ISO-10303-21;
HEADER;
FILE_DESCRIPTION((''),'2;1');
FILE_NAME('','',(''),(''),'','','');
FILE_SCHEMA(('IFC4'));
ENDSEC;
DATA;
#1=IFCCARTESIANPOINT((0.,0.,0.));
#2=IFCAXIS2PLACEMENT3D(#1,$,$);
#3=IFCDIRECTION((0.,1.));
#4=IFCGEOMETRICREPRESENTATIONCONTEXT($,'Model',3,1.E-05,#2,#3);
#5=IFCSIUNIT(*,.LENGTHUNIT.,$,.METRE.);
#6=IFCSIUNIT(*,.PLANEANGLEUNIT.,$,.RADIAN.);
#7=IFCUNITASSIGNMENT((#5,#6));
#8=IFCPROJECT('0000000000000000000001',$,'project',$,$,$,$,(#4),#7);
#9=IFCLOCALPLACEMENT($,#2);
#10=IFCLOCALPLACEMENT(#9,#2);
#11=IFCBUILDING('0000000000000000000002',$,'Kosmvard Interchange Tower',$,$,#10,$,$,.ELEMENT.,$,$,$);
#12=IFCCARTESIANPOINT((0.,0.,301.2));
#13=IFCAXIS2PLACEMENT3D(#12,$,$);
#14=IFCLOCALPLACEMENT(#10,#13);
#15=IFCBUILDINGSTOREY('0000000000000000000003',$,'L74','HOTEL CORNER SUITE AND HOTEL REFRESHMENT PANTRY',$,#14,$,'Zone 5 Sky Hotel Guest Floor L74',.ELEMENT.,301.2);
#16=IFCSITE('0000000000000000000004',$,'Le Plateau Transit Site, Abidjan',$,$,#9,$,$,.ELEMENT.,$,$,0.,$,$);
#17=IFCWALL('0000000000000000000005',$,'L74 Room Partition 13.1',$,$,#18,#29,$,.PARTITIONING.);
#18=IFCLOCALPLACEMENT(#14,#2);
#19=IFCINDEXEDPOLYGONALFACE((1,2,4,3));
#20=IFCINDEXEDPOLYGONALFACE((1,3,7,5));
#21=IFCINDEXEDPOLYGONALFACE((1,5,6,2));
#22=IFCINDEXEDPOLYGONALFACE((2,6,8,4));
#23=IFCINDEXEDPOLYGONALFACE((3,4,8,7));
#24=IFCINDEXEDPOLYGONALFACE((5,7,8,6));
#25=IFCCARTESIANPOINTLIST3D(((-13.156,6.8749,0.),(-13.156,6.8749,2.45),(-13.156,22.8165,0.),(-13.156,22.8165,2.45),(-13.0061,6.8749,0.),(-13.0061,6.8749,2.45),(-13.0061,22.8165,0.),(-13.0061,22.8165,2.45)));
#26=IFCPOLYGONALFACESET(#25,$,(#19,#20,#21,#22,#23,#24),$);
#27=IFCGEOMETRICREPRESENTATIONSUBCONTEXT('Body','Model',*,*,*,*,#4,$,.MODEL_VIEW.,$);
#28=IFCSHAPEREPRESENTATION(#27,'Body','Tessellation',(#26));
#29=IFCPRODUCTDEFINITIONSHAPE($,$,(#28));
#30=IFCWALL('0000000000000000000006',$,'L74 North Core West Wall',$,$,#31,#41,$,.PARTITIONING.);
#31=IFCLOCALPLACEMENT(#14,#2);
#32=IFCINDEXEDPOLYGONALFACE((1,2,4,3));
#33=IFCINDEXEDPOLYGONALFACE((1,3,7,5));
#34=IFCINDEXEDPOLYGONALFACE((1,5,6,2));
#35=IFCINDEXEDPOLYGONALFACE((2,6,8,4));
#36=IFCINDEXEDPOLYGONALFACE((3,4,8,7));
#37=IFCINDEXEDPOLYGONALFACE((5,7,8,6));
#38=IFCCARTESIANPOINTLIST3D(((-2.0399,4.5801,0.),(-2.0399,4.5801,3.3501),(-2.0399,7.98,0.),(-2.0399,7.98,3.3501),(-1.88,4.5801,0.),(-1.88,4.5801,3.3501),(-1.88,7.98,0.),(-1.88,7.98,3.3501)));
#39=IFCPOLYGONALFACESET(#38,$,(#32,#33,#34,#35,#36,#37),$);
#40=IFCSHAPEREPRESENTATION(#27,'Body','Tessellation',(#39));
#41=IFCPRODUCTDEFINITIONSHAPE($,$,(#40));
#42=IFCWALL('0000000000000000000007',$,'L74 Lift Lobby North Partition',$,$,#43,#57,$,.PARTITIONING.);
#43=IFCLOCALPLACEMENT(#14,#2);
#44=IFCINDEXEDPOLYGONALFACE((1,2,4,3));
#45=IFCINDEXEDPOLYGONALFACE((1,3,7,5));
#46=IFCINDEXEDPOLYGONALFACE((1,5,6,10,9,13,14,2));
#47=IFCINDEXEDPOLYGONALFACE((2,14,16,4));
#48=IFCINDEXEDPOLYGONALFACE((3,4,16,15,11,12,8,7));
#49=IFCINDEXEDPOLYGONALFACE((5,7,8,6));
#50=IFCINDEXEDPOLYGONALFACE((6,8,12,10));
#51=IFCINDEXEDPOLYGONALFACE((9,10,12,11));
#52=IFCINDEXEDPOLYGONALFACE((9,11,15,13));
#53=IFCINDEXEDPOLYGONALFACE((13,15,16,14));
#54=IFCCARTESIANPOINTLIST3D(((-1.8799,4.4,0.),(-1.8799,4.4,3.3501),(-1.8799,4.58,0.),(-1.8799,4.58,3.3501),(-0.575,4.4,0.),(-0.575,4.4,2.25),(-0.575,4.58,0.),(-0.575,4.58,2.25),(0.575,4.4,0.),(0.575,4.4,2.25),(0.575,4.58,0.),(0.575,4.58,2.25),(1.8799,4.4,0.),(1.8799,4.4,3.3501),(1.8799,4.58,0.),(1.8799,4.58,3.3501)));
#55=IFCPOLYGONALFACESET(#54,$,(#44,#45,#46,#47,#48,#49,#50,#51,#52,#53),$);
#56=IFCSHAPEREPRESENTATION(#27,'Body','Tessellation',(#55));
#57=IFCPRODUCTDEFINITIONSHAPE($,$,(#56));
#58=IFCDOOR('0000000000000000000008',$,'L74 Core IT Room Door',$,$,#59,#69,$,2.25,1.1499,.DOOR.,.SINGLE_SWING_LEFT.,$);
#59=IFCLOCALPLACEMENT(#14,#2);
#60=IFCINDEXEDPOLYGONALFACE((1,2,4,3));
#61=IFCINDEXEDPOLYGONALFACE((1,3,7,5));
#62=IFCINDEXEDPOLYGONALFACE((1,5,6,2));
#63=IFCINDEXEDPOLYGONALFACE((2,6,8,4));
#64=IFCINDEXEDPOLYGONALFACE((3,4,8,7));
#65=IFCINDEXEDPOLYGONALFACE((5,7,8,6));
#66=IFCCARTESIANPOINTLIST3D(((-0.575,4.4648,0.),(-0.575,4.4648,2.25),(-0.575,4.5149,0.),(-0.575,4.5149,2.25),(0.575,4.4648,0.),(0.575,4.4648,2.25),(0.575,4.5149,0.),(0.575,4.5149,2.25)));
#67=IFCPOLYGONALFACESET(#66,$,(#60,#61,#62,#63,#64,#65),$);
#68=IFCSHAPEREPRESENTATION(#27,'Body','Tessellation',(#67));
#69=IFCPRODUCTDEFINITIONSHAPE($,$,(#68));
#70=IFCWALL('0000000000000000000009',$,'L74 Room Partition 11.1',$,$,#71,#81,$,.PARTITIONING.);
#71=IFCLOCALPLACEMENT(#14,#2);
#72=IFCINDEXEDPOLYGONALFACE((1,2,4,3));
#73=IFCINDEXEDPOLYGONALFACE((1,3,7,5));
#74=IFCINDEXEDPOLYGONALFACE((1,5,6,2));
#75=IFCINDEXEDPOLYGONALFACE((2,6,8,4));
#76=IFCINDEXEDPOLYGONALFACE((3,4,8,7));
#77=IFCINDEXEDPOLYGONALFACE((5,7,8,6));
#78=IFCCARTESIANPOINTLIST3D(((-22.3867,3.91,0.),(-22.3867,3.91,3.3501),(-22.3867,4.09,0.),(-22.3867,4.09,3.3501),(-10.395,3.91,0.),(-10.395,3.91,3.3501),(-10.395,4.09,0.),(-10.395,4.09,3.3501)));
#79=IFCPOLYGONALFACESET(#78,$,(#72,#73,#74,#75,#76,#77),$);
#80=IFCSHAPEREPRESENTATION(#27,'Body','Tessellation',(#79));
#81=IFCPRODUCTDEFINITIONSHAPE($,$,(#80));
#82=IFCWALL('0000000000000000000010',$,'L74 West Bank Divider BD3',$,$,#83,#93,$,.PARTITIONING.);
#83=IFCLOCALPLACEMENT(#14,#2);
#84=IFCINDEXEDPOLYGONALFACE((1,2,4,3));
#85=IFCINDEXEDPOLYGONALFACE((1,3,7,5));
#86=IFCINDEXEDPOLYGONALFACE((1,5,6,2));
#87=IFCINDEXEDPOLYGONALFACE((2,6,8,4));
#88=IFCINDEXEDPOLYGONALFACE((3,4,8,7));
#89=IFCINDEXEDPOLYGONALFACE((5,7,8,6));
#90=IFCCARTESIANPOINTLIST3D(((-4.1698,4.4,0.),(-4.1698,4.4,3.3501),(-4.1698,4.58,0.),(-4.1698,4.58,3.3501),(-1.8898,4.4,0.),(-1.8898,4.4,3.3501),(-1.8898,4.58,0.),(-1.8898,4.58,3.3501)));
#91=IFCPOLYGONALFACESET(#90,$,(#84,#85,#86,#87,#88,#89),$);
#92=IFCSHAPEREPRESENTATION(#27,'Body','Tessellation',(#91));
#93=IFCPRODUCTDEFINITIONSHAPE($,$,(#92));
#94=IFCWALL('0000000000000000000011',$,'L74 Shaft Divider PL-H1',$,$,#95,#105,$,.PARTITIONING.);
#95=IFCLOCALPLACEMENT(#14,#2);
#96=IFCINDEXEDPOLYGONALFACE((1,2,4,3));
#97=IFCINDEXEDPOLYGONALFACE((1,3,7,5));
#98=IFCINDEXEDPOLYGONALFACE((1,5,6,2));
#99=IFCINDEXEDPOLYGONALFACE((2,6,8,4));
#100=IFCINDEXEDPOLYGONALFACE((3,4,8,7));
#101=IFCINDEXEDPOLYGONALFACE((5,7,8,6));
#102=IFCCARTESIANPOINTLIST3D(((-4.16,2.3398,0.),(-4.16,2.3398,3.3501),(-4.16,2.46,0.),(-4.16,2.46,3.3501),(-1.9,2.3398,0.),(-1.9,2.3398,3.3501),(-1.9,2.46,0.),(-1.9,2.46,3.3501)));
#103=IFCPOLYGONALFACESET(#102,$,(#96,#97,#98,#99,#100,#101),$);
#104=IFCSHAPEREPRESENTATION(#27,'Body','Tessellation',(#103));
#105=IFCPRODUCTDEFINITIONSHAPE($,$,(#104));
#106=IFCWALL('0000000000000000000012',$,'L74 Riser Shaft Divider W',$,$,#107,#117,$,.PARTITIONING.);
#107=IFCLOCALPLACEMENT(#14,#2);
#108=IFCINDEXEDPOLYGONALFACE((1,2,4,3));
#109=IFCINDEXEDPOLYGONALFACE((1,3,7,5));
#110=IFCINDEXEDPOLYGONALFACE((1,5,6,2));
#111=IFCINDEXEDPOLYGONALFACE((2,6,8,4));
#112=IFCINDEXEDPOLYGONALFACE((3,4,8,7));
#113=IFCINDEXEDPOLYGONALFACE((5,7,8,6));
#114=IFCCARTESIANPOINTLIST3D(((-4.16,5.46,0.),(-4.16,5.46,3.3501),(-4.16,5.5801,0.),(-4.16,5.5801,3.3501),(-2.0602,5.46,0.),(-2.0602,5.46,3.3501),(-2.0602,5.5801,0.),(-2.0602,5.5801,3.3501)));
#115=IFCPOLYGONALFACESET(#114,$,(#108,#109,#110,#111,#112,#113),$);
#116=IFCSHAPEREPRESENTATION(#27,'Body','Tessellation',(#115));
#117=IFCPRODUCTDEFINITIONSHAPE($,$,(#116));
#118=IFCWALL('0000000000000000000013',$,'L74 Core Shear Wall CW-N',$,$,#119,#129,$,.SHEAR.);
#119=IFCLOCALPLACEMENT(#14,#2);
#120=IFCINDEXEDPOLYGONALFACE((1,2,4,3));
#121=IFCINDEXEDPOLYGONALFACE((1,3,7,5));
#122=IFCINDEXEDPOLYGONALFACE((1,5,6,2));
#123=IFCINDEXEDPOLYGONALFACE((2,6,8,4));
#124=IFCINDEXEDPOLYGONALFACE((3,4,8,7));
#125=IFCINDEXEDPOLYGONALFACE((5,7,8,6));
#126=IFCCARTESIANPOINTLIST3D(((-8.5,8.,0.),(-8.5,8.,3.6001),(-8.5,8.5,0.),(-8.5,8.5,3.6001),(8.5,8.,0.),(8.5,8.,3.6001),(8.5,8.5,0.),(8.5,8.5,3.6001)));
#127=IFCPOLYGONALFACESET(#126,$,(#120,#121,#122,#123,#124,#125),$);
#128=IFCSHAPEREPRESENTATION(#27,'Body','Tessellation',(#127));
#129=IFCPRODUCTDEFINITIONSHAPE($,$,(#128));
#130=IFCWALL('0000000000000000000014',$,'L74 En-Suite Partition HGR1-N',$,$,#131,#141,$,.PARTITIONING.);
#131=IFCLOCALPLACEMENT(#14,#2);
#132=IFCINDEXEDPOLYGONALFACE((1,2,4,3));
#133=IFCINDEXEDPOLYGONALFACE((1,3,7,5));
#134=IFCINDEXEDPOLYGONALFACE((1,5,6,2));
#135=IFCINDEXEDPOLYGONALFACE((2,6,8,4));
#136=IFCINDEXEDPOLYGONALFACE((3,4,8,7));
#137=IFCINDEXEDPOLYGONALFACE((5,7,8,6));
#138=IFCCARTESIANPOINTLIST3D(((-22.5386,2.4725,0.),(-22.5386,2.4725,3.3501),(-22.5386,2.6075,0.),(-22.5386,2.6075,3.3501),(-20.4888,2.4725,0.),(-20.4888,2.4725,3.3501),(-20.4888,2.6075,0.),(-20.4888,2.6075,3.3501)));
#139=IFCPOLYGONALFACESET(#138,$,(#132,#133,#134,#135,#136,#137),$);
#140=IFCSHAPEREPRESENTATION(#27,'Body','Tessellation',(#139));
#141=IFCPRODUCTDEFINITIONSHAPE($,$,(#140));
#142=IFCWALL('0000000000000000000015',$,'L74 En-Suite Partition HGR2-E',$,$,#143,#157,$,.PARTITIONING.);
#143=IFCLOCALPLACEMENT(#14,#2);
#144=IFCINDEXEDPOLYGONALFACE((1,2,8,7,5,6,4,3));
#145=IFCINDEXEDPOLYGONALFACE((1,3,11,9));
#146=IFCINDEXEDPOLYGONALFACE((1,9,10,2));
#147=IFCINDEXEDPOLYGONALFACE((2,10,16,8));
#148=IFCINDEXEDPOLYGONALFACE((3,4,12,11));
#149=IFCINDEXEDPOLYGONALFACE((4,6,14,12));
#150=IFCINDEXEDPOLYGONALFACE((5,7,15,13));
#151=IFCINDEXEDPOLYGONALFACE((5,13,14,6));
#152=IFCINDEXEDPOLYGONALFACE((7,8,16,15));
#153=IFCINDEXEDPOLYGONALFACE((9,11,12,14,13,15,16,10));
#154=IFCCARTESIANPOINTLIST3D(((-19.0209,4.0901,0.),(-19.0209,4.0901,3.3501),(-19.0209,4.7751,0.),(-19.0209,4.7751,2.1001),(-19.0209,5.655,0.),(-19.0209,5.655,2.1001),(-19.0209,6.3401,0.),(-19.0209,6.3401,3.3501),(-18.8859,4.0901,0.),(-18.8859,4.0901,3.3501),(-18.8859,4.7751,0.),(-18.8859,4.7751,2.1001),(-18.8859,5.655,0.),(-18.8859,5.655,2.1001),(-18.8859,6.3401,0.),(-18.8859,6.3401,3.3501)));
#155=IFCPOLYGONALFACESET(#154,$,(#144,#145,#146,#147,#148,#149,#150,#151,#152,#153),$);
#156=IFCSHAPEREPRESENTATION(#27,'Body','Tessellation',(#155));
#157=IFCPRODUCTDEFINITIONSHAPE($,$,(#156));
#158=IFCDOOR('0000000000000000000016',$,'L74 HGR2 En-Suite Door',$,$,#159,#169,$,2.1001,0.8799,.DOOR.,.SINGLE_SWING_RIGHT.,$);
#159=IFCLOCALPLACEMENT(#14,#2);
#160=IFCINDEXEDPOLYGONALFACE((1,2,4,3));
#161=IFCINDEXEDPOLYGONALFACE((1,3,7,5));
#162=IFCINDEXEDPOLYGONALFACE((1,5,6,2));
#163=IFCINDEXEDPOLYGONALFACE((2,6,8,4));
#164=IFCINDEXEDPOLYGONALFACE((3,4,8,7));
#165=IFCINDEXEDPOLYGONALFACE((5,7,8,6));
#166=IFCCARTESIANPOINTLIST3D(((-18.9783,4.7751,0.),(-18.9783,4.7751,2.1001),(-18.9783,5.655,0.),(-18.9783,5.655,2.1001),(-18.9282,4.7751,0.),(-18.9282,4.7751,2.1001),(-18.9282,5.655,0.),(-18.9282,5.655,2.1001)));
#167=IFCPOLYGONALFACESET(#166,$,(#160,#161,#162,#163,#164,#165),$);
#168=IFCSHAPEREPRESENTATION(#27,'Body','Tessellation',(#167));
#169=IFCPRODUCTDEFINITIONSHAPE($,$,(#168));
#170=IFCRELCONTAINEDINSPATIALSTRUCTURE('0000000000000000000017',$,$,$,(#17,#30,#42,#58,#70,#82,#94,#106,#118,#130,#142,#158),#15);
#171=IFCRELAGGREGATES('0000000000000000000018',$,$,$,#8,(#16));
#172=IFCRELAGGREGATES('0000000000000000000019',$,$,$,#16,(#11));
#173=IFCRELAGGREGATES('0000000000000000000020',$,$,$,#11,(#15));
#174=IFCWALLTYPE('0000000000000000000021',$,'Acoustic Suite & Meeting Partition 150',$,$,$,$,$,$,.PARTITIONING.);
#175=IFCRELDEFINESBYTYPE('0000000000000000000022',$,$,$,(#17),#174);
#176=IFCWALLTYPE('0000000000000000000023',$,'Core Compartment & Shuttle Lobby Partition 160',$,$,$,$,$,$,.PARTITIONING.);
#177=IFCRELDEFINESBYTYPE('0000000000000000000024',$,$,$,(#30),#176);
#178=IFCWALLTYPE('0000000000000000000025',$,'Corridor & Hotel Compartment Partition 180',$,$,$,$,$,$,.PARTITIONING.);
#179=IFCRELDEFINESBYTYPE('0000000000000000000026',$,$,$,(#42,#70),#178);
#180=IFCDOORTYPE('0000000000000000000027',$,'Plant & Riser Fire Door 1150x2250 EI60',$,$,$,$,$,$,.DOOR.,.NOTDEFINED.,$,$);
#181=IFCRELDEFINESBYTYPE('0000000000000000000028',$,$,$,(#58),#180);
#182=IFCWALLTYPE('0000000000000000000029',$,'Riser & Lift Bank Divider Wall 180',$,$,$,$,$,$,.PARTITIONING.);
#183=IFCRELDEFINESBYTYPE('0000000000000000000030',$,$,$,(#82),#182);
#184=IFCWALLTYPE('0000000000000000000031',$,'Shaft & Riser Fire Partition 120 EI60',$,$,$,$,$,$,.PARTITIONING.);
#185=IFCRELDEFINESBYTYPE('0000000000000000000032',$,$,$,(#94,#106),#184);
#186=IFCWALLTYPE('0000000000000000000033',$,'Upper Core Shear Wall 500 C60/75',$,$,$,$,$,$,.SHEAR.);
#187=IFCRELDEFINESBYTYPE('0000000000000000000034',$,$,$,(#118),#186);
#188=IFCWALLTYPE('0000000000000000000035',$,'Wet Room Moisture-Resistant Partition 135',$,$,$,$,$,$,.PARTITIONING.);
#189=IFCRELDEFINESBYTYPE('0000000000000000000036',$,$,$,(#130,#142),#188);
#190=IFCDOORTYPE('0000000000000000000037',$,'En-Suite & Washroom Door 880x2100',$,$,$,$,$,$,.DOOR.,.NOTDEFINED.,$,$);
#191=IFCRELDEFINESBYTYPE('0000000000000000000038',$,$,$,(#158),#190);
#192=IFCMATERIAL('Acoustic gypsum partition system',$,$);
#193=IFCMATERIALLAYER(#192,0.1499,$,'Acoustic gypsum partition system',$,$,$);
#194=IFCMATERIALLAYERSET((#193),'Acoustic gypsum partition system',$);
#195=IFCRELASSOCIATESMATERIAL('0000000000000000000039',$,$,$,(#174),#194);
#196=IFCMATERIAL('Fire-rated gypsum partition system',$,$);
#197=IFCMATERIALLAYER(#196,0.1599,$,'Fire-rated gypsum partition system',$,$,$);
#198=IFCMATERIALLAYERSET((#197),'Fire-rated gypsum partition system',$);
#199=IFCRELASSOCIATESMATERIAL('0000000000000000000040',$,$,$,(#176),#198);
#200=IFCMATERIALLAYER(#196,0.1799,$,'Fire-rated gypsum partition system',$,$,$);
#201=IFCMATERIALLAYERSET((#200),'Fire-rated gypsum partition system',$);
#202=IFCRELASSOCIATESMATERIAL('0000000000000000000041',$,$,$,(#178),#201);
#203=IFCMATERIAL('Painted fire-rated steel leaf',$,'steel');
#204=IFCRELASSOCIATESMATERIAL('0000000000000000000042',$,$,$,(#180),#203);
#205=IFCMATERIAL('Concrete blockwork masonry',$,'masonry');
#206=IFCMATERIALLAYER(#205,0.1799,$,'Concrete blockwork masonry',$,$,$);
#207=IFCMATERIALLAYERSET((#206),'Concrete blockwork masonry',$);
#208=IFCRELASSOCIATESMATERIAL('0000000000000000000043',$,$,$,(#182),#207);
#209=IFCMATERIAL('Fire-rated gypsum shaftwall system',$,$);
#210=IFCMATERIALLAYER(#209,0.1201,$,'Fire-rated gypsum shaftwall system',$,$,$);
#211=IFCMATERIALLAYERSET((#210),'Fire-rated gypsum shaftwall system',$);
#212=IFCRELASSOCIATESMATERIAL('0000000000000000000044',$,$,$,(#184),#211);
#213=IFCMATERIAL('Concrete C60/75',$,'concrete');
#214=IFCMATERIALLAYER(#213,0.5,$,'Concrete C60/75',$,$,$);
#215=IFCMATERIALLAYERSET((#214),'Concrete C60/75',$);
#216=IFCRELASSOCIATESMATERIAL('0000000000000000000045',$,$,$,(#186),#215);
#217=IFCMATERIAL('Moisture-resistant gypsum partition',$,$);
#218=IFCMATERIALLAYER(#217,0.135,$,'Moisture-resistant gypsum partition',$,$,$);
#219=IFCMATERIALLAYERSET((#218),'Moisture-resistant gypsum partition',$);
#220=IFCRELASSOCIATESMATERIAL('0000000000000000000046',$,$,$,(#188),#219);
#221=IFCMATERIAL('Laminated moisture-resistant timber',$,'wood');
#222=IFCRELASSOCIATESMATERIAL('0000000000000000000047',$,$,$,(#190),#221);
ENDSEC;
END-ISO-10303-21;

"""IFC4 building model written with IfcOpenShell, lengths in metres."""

from ifc_helpers import new_model, si_unit, direction, frame, frame_2d, origin, place, context, subcontext, project, spatial, rectangle, extrude, source, transform, mapped, material, layer, layer_set, type_object, element, fill, save


model = new_model("IFC4")

# Units and contexts
model_context = context("Model", 3, precision=1e-05, world=origin(), true_north=direction((0.0, 1.0)))
body_context = subcontext(model_context, "Body", "Model", "MODEL_VIEW")
ifc_project = project(units=[si_unit("LENGTHUNIT", "METRE"), si_unit("PLANEANGLEUNIT", "RADIAN")], contexts=[model_context])

# Site, building, storey
site_placement = place(None, origin())
site = spatial("IfcSite", under=ifc_project, at=site_placement, Name="Le Plateau Transit Site, Abidjan", CompositionType="ELEMENT", RefElevation=0.0)
building_placement = place(site_placement, origin())
building = spatial("IfcBuilding", under=site, at=building_placement, Name="Kosmvard Interchange Tower", CompositionType="ELEMENT")
storey_placement = place(building_placement, frame((0.0, 0.0, 301.2)))
storey = spatial("IfcBuildingStorey", under=building, at=storey_placement, Name="L74", Description="HOTEL CORNER SUITE AND HOTEL REFRESHMENT PANTRY", LongName="Zone 5 Sky Hotel Guest Floor L74", CompositionType="ELEMENT", Elevation=301.2)

# Walls
ifc_material_1 = material(Name="Acoustic gypsum partition system")
ifc_layer_1 = layer(ifc_material_1, 0.1499, Name="Acoustic gypsum partition system")
ifc_layer_set_1 = layer_set([ifc_layer_1], Name="Acoustic gypsum partition system")
wall_type_1 = type_object("IfcWallType", Name="Acoustic Suite & Meeting Partition 150", PredefinedType="PARTITIONING", material=ifc_layer_set_1)
wall_1_placement = place(storey_placement, frame((-13.0811, 6.875, 0.0), z_axis=(0.0, 0.0, 1.0), x_axis=(0.0, 1.0, 0.0)))
element("IfcWall", 1, at=wall_1_placement, inside=storey, type_object=wall_type_1, Name="L74 Room Partition 13.1", PredefinedType="PARTITIONING", context=body_context, shape_type="SweptSolid", body=[
    extrude(rectangle(XDim=15.9417, YDim=0.1499, at=frame_2d((7.9707, 0.0))), origin(), (0.0, 0.0, 1.0), 2.45),
])
ifc_material_2 = material(Name="Fire-rated gypsum partition system")
ifc_layer_2 = layer(ifc_material_2, 0.1599, Name="Fire-rated gypsum partition system")
ifc_layer_set_2 = layer_set([ifc_layer_2], Name="Fire-rated gypsum partition system")
wall_type_2 = type_object("IfcWallType", Name="Core Compartment & Shuttle Lobby Partition 160", PredefinedType="PARTITIONING", material=ifc_layer_set_2)
wall_2_placement = place(storey_placement, frame((-1.96, 4.5801, 0.0), z_axis=(0.0, 0.0, 1.0), x_axis=(0.0, 1.0, 0.0)))
element("IfcWall", 2, at=wall_2_placement, inside=storey, type_object=wall_type_2, Name="L74 North Core West Wall", PredefinedType="PARTITIONING", context=body_context, shape_type="SweptSolid", body=[
    extrude(rectangle(XDim=3.3999, YDim=0.1599, at=frame_2d((1.7, 0.0))), origin(), (0.0, 0.0, 1.0), 3.3501),
])

# Wall, opening, door
ifc_layer_3 = layer(ifc_material_2, 0.1799, Name="Fire-rated gypsum partition system")
ifc_layer_set_3 = layer_set([ifc_layer_3], Name="Fire-rated gypsum partition system")
wall_type_3 = type_object("IfcWallType", Name="Corridor & Hotel Compartment Partition 180", PredefinedType="PARTITIONING", material=ifc_layer_set_3)
wall_3_placement = place(storey_placement, frame((-1.8799, 4.49, 0.0), z_axis=(0.0, 0.0, 1.0), x_axis=(1.0, 0.0, 0.0)))
wall_3 = element("IfcWall", 3, at=wall_3_placement, inside=storey, type_object=wall_type_3, Name="L74 Lift Lobby North Partition", PredefinedType="PARTITIONING", context=body_context, shape_type="SweptSolid", body=[
    extrude(rectangle(XDim=3.7598, YDim=0.1799, at=frame_2d((1.8799, 0.0))), origin(), (0.0, 0.0, 1.0), 3.3501),
])
opening_1_placement = place(wall_3_placement, frame((1.3049, 0.0, 0.0)))
opening_1 = element("IfcOpeningElement", 4, at=opening_1_placement, cuts=wall_3, PredefinedType="OPENING", context=body_context, shape_type="SweptSolid", body=[
    extrude(rectangle(XDim=1.1499, YDim=2.25, at=frame_2d((0.575, 1.125))), frame((0.0, 0.1001, 0.0), z_axis=(0.0, -1.0, 0.0), x_axis=(1.0, 0.0, 0.0)), (0.0, 0.0, 1.0), 0.2),
])
ifc_material_3 = material(Name="Painted fire-rated steel leaf", Category="steel")
door_type_1 = type_object("IfcDoorType", Name="Plant & Riser Fire Door 1150x2250 EI60", OperationType="NOTDEFINED", PredefinedType="DOOR", material=ifc_material_3)
shared_shape_1 = source(origin(), body_context, "Body", "SweptSolid", [
    extrude(rectangle(XDim=1.1499, YDim=2.25, at=frame_2d((0.575, 1.125))), frame((0.0, 0.0249, 0.0), z_axis=(0.0, -1.0, 0.0), x_axis=(1.0, 0.0, 0.0)), (0.0, 0.0, 1.0), 0.05),
])
door_1_placement = place(opening_1_placement, origin())
door_1 = element("IfcDoor", 5, at=door_1_placement, inside=storey, type_object=door_type_1, Name="L74 Core IT Room Door", OperationType="SINGLE_SWING_LEFT", OverallHeight=2.25, OverallWidth=1.1499, PredefinedType="DOOR", context=body_context, shape_type="MappedRepresentation", body=[
    mapped(shared_shape_1, transform((0.0, 0.0, 0.0), scale=1.0)),
])
fill(opening_1, door_1)

# Walls
wall_4_placement = place(storey_placement, frame((-10.395, 4.0, 0.0), z_axis=(0.0, 0.0, 1.0), x_axis=(-1.0, 0.0, 0.0)))
element("IfcWall", 6, at=wall_4_placement, inside=storey, type_object=wall_type_3, Name="L74 Room Partition 11.1", PredefinedType="PARTITIONING", context=body_context, shape_type="SweptSolid", body=[
    extrude(rectangle(XDim=11.9917, YDim=0.1799, at=frame_2d((5.9958, 0.0))), origin(), (0.0, 0.0, 1.0), 3.3501),
])
ifc_material_4 = material(Name="Concrete blockwork masonry", Category="masonry")
ifc_layer_4 = layer(ifc_material_4, 0.1799, Name="Concrete blockwork masonry")
ifc_layer_set_4 = layer_set([ifc_layer_4], Name="Concrete blockwork masonry")
wall_type_4 = type_object("IfcWallType", Name="Riser & Lift Bank Divider Wall 180", PredefinedType="PARTITIONING", material=ifc_layer_set_4)
wall_5_placement = place(storey_placement, frame((-4.1699, 4.49, 0.0), z_axis=(0.0, 0.0, 1.0), x_axis=(1.0, 0.0, 0.0)))
element("IfcWall", 7, at=wall_5_placement, inside=storey, type_object=wall_type_4, Name="L74 West Bank Divider BD3", PredefinedType="PARTITIONING", context=body_context, shape_type="SweptSolid", body=[
    extrude(rectangle(XDim=2.28, YDim=0.1799, at=frame_2d((1.1401, 0.0))), origin(), (0.0, 0.0, 1.0), 3.3501),
])
ifc_material_5 = material(Name="Fire-rated gypsum shaftwall system")
ifc_layer_5 = layer(ifc_material_5, 0.1201, Name="Fire-rated gypsum shaftwall system")
ifc_layer_set_5 = layer_set([ifc_layer_5], Name="Fire-rated gypsum shaftwall system")
wall_type_5 = type_object("IfcWallType", Name="Shaft & Riser Fire Partition 120 EI60", PredefinedType="PARTITIONING", material=ifc_layer_set_5)
wall_6_placement = place(storey_placement, frame((-4.1599, 2.3999, 0.0), z_axis=(0.0, 0.0, 1.0), x_axis=(1.0, 0.0, 0.0)))
element("IfcWall", 8, at=wall_6_placement, inside=storey, type_object=wall_type_5, Name="L74 Shaft Divider PL-H1", PredefinedType="PARTITIONING", context=body_context, shape_type="SweptSolid", body=[
    extrude(rectangle(XDim=2.26, YDim=0.1201, at=frame_2d((1.1299, 0.0))), origin(), (0.0, 0.0, 1.0), 3.3501),
])
wall_7_placement = place(storey_placement, frame((-4.1599, 5.52, 0.0), z_axis=(0.0, 0.0, 1.0), x_axis=(1.0, 0.0, 0.0)))
element("IfcWall", 9, at=wall_7_placement, inside=storey, type_object=wall_type_5, Name="L74 Riser Shaft Divider W", PredefinedType="PARTITIONING", context=body_context, shape_type="SweptSolid", body=[
    extrude(rectangle(XDim=2.0999, YDim=0.1201, at=frame_2d((1.0498, 0.0))), origin(), (0.0, 0.0, 1.0), 3.3501),
])
ifc_material_6 = material(Name="Concrete C60/75", Category="concrete")
ifc_layer_6 = layer(ifc_material_6, 0.5, Name="Concrete C60/75")
ifc_layer_set_6 = layer_set([ifc_layer_6], Name="Concrete C60/75")
wall_type_6 = type_object("IfcWallType", Name="Upper Core Shear Wall 500 C60/75", PredefinedType="SHEAR", material=ifc_layer_set_6)
wall_8_placement = place(storey_placement, frame((-8.5, 8.25, 0.0), z_axis=(0.0, 0.0, 1.0), x_axis=(1.0, 0.0, 0.0)))
element("IfcWall", 10, at=wall_8_placement, inside=storey, type_object=wall_type_6, Name="L74 Core Shear Wall CW-N", PredefinedType="SHEAR", context=body_context, shape_type="SweptSolid", body=[
    extrude(rectangle(XDim=17.0, YDim=0.5, at=frame_2d((8.5, 0.0))), origin(), (0.0, 0.0, 1.0), 3.6001),
])
ifc_material_7 = material(Name="Moisture-resistant gypsum partition")
ifc_layer_7 = layer(ifc_material_7, 0.135, Name="Moisture-resistant gypsum partition")
ifc_layer_set_7 = layer_set([ifc_layer_7], Name="Moisture-resistant gypsum partition")
wall_type_7 = type_object("IfcWallType", Name="Wet Room Moisture-Resistant Partition 135", PredefinedType="PARTITIONING", material=ifc_layer_set_7)
wall_9_placement = place(storey_placement, frame((-22.5386, 2.54, 0.0), z_axis=(0.0, 0.0, 1.0), x_axis=(1.0, 0.0, 0.0)))
element("IfcWall", 11, at=wall_9_placement, inside=storey, type_object=wall_type_7, Name="L74 En-Suite Partition HGR1-N", PredefinedType="PARTITIONING", context=body_context, shape_type="SweptSolid", body=[
    extrude(rectangle(XDim=2.0498, YDim=0.135, at=frame_2d((1.0249, 0.0))), origin(), (0.0, 0.0, 1.0), 3.3501),
])

# Wall, opening, door
wall_10_placement = place(storey_placement, frame((-18.9534, 4.0901, 0.0), z_axis=(0.0, 0.0, 1.0), x_axis=(0.0, 1.0, 0.0)))
wall_10 = element("IfcWall", 12, at=wall_10_placement, inside=storey, type_object=wall_type_7, Name="L74 En-Suite Partition HGR2-E", PredefinedType="PARTITIONING", context=body_context, shape_type="SweptSolid", body=[
    extrude(rectangle(XDim=2.25, YDim=0.135, at=frame_2d((1.125, 0.0))), origin(), (0.0, 0.0, 1.0), 3.3501),
])
opening_2_placement = place(wall_10_placement, frame((0.6851, 0.0, 0.0)))
opening_2 = element("IfcOpeningElement", 13, at=opening_2_placement, cuts=wall_10, PredefinedType="OPENING", context=body_context, shape_type="SweptSolid", body=[
    extrude(rectangle(XDim=0.8799, YDim=2.1001, at=frame_2d((0.4399, 1.05))), frame((0.0, 0.0776, 0.0), z_axis=(0.0, -1.0, 0.0), x_axis=(1.0, 0.0, 0.0)), (0.0, 0.0, 1.0), 0.155),
])
ifc_material_8 = material(Name="Laminated moisture-resistant timber", Category="wood")
door_type_2 = type_object("IfcDoorType", Name="En-Suite & Washroom Door 880x2100", OperationType="NOTDEFINED", PredefinedType="DOOR", material=ifc_material_8)
shared_shape_2 = source(origin(), body_context, "Body", "SweptSolid", [
    extrude(rectangle(XDim=0.8799, YDim=2.1001, at=frame_2d((0.4399, 1.05))), frame((0.0, 0.0249, 0.0), z_axis=(0.0, -1.0, 0.0), x_axis=(1.0, 0.0, 0.0)), (0.0, 0.0, 1.0), 0.05),
])
door_2_placement = place(opening_2_placement, origin())
door_2 = element("IfcDoor", 14, at=door_2_placement, inside=storey, type_object=door_type_2, Name="L74 HGR2 En-Suite Door", OperationType="SINGLE_SWING_RIGHT", OverallHeight=2.1001, OverallWidth=0.8799, PredefinedType="DOOR", context=body_context, shape_type="MappedRepresentation", body=[
    mapped(shared_shape_2, transform((0.0, 0.0, 0.0), scale=1.0)),
])
fill(opening_2, door_2)

save(model, "model.ifc")
